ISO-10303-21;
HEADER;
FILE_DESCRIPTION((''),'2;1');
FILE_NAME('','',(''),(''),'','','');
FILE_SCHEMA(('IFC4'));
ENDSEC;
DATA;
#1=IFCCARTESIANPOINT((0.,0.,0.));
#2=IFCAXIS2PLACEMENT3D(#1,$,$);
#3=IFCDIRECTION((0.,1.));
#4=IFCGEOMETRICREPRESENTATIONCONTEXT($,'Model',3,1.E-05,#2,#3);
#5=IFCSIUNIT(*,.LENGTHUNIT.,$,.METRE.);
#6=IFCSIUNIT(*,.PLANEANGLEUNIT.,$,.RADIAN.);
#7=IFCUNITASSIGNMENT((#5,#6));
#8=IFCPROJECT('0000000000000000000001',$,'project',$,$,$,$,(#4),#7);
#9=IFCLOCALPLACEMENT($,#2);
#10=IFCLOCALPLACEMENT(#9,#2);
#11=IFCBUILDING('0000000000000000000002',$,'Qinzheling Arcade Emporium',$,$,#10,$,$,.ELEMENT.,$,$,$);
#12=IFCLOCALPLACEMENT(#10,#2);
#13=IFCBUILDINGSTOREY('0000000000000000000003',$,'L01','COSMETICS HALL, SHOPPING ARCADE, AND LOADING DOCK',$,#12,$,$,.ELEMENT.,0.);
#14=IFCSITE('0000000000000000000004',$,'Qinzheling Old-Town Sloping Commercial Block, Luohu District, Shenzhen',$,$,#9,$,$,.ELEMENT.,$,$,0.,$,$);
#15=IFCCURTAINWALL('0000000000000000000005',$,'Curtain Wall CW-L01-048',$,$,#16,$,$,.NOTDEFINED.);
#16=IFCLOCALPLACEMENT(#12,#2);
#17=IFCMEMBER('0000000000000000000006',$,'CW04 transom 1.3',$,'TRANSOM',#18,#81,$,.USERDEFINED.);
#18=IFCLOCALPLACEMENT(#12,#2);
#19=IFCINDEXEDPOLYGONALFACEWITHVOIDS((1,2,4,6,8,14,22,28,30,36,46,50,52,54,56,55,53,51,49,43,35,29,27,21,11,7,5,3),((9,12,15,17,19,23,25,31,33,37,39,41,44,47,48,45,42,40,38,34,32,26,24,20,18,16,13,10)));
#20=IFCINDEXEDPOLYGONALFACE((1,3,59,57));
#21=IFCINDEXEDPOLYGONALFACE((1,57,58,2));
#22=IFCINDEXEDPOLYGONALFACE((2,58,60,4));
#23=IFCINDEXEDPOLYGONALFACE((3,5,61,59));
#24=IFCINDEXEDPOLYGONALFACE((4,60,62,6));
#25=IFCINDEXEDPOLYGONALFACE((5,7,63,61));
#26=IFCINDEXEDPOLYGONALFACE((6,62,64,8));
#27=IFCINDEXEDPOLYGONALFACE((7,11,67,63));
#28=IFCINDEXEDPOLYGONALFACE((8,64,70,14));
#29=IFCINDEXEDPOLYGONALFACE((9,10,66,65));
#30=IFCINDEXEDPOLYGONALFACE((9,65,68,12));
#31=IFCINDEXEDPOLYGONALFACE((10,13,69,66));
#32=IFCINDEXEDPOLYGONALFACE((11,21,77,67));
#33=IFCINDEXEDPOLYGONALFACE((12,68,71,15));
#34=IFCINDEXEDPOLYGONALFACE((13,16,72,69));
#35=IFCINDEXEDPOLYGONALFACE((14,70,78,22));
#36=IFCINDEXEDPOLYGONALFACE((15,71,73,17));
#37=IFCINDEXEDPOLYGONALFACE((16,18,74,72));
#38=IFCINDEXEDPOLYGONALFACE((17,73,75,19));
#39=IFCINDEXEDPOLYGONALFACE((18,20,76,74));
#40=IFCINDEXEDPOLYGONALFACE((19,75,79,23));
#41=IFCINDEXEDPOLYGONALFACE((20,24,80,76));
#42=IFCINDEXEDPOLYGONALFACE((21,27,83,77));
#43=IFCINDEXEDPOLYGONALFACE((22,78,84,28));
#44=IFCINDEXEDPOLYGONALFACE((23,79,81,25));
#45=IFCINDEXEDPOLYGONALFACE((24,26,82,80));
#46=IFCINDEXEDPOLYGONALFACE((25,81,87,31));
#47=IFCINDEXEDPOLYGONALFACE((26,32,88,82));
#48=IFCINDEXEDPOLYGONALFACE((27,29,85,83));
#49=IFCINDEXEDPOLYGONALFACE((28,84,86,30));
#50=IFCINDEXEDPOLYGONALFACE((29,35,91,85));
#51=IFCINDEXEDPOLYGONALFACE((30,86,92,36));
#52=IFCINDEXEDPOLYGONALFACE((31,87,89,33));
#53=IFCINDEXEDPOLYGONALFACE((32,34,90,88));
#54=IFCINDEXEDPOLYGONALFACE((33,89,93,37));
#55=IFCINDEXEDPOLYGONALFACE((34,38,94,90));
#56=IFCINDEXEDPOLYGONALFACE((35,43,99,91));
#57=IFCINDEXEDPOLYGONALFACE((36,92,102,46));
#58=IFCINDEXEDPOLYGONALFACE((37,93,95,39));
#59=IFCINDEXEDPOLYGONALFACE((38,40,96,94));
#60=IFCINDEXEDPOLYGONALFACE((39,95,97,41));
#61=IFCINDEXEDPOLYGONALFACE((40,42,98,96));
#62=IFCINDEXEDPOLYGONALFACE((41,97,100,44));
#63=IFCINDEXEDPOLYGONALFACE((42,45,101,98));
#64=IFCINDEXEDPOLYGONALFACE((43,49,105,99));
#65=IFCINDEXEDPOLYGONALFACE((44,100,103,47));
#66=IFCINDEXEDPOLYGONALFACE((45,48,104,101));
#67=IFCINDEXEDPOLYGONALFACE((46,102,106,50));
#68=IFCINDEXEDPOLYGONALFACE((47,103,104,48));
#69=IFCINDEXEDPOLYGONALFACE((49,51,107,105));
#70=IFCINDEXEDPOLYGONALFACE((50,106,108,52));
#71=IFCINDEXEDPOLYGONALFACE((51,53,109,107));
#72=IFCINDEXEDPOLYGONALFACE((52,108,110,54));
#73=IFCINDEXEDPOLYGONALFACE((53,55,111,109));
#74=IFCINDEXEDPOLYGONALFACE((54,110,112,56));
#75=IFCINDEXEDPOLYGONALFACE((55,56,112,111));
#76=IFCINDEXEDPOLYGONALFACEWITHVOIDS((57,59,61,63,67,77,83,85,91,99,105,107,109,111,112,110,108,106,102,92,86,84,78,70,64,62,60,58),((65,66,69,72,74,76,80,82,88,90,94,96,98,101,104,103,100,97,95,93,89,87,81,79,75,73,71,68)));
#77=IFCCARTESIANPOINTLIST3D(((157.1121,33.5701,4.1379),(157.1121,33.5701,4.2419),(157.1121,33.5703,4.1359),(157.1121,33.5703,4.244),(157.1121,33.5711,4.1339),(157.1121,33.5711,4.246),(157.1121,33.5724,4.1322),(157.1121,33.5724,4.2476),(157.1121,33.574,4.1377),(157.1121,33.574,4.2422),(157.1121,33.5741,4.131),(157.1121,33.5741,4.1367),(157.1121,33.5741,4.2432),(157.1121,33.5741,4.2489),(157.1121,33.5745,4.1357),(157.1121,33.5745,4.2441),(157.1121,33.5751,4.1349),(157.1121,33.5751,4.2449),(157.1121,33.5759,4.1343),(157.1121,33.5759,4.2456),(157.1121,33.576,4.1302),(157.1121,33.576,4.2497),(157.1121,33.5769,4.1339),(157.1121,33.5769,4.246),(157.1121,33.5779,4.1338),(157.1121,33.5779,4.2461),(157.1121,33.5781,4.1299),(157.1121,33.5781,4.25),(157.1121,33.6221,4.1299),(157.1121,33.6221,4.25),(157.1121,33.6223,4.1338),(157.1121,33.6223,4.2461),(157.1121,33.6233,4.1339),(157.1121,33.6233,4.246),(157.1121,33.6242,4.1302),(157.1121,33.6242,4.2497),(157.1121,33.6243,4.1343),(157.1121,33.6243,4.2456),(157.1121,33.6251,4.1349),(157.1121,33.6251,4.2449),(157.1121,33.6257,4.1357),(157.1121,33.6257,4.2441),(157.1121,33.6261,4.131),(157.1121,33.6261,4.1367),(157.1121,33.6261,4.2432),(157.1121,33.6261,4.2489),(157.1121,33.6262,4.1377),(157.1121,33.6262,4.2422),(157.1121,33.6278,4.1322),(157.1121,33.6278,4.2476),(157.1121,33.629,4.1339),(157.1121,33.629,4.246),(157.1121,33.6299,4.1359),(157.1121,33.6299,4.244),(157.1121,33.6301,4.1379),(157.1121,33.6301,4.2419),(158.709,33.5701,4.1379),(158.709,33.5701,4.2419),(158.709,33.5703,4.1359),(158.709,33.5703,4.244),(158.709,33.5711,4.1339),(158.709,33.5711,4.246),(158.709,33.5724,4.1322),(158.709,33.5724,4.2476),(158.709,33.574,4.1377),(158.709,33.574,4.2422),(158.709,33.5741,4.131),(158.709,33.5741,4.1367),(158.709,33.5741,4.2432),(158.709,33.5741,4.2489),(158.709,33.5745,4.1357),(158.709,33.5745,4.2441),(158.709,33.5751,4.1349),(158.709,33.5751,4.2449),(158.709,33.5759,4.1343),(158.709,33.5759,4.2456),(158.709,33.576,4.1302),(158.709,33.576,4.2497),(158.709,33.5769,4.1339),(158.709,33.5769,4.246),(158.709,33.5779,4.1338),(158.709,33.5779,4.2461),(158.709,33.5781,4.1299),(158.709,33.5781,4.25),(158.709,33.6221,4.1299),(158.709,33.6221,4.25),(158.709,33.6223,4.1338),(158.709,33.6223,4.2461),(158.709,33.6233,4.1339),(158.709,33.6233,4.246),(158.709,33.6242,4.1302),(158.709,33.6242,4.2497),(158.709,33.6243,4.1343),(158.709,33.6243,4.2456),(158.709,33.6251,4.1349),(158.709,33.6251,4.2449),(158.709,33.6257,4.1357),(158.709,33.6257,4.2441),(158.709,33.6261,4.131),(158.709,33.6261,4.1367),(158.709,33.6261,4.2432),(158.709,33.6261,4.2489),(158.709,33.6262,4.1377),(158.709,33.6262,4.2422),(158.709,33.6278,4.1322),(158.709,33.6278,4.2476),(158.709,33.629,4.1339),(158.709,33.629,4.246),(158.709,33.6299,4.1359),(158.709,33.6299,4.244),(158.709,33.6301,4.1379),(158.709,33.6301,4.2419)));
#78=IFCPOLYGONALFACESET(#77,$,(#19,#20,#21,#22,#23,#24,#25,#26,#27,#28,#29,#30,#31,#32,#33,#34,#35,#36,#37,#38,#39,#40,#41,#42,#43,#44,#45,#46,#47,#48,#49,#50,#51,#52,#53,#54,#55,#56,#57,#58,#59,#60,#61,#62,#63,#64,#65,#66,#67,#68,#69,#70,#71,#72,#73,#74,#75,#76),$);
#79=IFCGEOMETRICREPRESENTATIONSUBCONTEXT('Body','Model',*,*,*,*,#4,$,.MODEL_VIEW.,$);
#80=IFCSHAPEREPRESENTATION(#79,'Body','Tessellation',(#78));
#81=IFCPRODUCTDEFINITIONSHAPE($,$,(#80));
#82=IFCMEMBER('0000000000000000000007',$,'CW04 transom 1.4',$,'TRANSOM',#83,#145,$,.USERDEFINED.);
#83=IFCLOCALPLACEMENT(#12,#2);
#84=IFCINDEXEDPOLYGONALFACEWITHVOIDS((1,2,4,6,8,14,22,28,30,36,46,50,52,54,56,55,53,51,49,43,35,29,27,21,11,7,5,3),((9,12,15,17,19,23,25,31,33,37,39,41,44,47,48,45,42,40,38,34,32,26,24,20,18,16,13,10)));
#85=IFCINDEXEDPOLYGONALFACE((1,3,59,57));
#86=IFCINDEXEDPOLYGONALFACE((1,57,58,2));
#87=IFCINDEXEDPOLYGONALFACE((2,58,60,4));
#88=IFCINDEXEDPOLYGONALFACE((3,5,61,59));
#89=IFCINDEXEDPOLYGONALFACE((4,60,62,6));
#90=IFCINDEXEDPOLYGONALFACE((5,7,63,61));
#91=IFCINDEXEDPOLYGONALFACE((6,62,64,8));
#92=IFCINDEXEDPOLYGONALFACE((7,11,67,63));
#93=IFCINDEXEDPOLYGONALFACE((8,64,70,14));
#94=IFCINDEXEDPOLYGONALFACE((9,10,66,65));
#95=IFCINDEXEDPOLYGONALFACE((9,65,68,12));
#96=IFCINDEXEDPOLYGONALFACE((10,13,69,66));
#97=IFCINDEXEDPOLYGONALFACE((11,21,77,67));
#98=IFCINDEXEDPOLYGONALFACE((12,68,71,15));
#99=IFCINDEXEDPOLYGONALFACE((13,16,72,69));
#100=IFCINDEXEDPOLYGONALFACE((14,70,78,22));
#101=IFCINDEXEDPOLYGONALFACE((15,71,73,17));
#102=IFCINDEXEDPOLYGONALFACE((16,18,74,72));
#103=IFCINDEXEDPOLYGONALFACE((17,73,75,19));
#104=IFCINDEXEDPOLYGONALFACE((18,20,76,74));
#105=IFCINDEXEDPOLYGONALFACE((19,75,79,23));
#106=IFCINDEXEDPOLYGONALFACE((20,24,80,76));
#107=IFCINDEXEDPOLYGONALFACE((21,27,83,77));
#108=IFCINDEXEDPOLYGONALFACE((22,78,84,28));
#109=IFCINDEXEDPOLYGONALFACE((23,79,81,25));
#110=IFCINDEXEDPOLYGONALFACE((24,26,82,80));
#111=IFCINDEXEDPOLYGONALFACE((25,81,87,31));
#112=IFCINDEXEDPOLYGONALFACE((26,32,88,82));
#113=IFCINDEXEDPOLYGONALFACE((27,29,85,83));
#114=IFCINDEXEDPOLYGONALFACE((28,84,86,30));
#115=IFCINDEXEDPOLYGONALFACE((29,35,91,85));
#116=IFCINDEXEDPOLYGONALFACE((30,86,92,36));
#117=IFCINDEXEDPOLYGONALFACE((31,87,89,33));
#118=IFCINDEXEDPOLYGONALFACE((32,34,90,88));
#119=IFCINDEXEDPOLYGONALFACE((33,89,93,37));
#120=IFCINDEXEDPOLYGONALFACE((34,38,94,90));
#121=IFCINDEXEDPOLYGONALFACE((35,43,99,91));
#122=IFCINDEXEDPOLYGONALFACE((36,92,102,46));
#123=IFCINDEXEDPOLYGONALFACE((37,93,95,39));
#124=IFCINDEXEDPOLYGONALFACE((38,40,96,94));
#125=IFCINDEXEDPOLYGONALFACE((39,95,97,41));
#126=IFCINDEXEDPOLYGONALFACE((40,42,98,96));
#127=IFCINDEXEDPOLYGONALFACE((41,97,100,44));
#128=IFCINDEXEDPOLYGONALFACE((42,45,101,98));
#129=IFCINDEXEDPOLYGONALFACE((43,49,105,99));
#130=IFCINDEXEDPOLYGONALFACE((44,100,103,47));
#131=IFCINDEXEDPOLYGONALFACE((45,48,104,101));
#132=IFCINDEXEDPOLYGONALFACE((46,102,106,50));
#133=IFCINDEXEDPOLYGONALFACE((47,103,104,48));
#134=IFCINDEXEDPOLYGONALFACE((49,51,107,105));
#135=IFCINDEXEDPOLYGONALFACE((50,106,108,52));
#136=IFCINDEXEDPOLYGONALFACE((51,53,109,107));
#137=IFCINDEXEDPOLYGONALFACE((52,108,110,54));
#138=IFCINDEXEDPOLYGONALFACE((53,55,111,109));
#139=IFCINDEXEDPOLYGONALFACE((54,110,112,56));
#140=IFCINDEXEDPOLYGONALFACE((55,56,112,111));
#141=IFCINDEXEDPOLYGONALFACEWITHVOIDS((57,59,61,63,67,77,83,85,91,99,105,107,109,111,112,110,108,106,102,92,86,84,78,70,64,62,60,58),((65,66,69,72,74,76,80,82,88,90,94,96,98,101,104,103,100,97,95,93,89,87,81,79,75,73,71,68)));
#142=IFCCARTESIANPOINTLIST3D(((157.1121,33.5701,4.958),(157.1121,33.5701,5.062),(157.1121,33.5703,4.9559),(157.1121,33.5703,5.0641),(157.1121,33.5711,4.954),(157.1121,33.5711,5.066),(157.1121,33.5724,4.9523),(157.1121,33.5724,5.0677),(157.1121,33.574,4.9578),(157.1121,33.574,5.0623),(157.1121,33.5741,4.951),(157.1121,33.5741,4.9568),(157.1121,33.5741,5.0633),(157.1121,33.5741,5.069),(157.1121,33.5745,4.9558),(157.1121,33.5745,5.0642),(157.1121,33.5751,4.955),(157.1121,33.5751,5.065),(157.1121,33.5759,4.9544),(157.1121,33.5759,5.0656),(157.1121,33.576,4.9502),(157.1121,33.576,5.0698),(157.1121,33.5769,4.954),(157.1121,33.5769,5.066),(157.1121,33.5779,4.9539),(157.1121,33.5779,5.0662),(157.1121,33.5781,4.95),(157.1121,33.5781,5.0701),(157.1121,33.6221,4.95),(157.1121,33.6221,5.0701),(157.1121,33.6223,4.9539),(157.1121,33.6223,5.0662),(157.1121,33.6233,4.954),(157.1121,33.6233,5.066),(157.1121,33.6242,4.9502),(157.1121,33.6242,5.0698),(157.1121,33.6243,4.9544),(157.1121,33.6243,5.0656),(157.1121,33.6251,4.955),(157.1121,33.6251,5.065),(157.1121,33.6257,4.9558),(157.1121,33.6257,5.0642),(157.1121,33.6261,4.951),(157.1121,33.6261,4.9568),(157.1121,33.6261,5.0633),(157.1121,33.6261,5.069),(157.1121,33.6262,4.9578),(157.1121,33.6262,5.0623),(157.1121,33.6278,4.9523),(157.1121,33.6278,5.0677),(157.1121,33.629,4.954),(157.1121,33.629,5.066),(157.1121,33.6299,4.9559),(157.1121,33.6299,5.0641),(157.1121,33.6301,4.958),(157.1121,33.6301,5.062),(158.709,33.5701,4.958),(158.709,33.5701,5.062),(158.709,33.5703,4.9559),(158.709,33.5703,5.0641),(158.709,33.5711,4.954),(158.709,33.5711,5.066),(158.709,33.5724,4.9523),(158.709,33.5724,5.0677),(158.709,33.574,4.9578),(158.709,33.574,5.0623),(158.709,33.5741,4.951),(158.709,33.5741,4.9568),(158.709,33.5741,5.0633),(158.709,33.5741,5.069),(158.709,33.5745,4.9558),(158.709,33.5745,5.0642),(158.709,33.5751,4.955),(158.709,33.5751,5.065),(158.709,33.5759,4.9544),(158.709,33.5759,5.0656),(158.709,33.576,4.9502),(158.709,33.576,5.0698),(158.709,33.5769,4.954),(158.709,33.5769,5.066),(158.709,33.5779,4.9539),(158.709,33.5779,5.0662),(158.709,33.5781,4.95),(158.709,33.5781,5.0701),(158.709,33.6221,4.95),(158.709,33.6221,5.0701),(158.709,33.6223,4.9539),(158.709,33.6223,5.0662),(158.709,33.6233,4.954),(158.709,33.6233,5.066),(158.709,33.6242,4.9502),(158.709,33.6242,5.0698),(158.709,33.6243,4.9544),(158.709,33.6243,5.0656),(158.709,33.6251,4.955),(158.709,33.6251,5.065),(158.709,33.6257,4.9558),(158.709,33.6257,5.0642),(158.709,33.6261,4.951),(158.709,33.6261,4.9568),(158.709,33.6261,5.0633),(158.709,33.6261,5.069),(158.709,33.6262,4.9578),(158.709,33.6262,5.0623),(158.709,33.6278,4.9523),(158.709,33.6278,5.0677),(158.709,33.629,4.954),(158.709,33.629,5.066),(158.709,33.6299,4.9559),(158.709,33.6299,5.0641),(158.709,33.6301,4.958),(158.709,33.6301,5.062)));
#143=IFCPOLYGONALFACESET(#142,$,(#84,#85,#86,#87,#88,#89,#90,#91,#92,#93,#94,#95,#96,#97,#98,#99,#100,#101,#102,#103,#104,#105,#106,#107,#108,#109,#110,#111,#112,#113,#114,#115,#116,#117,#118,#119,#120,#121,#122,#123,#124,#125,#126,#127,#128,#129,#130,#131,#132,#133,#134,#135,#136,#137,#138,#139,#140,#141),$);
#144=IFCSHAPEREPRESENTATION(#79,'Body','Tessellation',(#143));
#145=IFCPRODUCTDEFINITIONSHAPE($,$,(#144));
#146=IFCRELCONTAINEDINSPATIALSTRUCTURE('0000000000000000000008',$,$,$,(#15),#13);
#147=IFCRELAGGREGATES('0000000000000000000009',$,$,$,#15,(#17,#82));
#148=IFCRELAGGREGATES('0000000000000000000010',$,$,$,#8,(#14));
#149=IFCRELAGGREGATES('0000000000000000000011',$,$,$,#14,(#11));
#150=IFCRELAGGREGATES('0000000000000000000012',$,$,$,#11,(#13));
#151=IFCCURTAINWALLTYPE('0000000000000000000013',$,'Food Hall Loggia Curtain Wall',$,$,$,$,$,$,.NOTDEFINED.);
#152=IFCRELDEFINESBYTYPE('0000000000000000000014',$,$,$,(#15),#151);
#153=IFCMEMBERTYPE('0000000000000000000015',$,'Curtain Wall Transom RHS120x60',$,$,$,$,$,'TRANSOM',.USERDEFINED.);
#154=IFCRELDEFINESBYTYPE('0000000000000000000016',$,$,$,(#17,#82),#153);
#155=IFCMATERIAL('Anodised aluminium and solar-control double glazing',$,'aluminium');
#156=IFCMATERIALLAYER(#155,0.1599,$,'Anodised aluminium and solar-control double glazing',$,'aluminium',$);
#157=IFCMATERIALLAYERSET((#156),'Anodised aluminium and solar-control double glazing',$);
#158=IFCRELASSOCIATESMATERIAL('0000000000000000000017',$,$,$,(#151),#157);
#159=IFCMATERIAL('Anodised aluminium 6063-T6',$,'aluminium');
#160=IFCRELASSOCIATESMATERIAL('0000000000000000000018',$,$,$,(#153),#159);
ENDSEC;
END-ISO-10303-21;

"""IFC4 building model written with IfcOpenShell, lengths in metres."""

from ifc_helpers import new_model, si_unit, direction, frame, origin, origin_2d, place, context, subcontext, project, spatial, hollow_rectangle, extrude, material, layer, layer_set, material_profile, profile_set, type_object, element, aggregate, save


model = new_model("IFC4")

# Units and contexts
model_context = context("Model", 3, precision=1e-05, world=origin(), true_north=direction((0.0, 1.0)))
body_context = subcontext(model_context, "Body", "Model", "MODEL_VIEW")
ifc_project = project(units=[si_unit("LENGTHUNIT", "METRE"), si_unit("PLANEANGLEUNIT", "RADIAN")], contexts=[model_context])

# Site, building, storey
site_placement = place(None, origin())
site = spatial("IfcSite", under=ifc_project, at=site_placement, Name="Qinzheling Old-Town Sloping Commercial Block, Luohu District, Shenzhen", CompositionType="ELEMENT", RefElevation=0.0)
building_placement = place(site_placement, origin())
building = spatial("IfcBuilding", under=site, at=building_placement, Name="Qinzheling Arcade Emporium", CompositionType="ELEMENT")
storey_placement = place(building_placement, origin())
storey = spatial("IfcBuildingStorey", under=building, at=storey_placement, Name="L01", Description="COSMETICS HALL, SHOPPING ARCADE, AND LOADING DOCK", CompositionType="ELEMENT", Elevation=0.0)

# Curtain wall, members
ifc_material_1 = material(Name="Anodised aluminium and solar-control double glazing", Category="aluminium")
ifc_layer_1 = layer(ifc_material_1, 0.1599, Name="Anodised aluminium and solar-control double glazing", Category="aluminium")
ifc_layer_set_1 = layer_set([ifc_layer_1], Name="Anodised aluminium and solar-control double glazing")
curtain_wall_type = type_object("IfcCurtainWallType", Name="Food Hall Loggia Curtain Wall", PredefinedType="NOTDEFINED", material=ifc_layer_set_1)
curtain_wall_placement = place(storey_placement, origin())
curtain_wall = element("IfcCurtainWall", 1, at=curtain_wall_placement, inside=storey, type_object=curtain_wall_type, Name="Curtain Wall CW-L01-048", PredefinedType="NOTDEFINED")
ifc_material_2 = material(Name="Anodised aluminium 6063-T6", Category="aluminium")
ifc_material_profile_1 = material_profile(ifc_material_2, hollow_rectangle(XDim=0.0601, YDim=0.1201, WallThickness=0.0039, InnerFilletRadius=0.0039, OuterFilletRadius=0.0081, at=origin_2d()), Name="RHS 120x60x4", Category="aluminium")
ifc_profile_set_1 = profile_set([ifc_material_profile_1], Name="Anodised aluminium 6063-T6")
member_type_1 = type_object("IfcMemberType", Name="Curtain Wall Transom RHS120x60", ElementType="TRANSOM", PredefinedType="USERDEFINED", material=ifc_profile_set_1)
member_1_placement = place(storey_placement, frame((157.1121, 33.6001, 4.1899), z_axis=(1.0, 0.0, 0.0), x_axis=(0.0, 1.0, 0.0)))
member_1 = element("IfcMember", 2, at=member_1_placement, type_object=member_type_1, Name="CW04 transom 1.3", ObjectType="TRANSOM", PredefinedType="USERDEFINED", context=body_context, shape_type="SweptSolid", body=[
    extrude(hollow_rectangle(XDim=0.0601, YDim=0.1201, WallThickness=0.0039, InnerFilletRadius=0.0039, OuterFilletRadius=0.0081, at=origin_2d()), origin(), (0.0, 0.0, 1.0), 1.5969),
])
member_2_placement = place(storey_placement, frame((157.1121, 33.6001, 5.01), z_axis=(1.0, 0.0, 0.0), x_axis=(0.0, 1.0, 0.0)))
member_2 = element("IfcMember", 3, at=member_2_placement, type_object=member_type_1, Name="CW04 transom 1.4", ObjectType="TRANSOM", PredefinedType="USERDEFINED", context=body_context, shape_type="SweptSolid", body=[
    extrude(hollow_rectangle(XDim=0.0601, YDim=0.1201, WallThickness=0.0039, InnerFilletRadius=0.0039, OuterFilletRadius=0.0081, at=origin_2d()), origin(), (0.0, 0.0, 1.0), 1.5969),
])
aggregate(curtain_wall, [member_1, member_2])

save(model, "model.ifc")
